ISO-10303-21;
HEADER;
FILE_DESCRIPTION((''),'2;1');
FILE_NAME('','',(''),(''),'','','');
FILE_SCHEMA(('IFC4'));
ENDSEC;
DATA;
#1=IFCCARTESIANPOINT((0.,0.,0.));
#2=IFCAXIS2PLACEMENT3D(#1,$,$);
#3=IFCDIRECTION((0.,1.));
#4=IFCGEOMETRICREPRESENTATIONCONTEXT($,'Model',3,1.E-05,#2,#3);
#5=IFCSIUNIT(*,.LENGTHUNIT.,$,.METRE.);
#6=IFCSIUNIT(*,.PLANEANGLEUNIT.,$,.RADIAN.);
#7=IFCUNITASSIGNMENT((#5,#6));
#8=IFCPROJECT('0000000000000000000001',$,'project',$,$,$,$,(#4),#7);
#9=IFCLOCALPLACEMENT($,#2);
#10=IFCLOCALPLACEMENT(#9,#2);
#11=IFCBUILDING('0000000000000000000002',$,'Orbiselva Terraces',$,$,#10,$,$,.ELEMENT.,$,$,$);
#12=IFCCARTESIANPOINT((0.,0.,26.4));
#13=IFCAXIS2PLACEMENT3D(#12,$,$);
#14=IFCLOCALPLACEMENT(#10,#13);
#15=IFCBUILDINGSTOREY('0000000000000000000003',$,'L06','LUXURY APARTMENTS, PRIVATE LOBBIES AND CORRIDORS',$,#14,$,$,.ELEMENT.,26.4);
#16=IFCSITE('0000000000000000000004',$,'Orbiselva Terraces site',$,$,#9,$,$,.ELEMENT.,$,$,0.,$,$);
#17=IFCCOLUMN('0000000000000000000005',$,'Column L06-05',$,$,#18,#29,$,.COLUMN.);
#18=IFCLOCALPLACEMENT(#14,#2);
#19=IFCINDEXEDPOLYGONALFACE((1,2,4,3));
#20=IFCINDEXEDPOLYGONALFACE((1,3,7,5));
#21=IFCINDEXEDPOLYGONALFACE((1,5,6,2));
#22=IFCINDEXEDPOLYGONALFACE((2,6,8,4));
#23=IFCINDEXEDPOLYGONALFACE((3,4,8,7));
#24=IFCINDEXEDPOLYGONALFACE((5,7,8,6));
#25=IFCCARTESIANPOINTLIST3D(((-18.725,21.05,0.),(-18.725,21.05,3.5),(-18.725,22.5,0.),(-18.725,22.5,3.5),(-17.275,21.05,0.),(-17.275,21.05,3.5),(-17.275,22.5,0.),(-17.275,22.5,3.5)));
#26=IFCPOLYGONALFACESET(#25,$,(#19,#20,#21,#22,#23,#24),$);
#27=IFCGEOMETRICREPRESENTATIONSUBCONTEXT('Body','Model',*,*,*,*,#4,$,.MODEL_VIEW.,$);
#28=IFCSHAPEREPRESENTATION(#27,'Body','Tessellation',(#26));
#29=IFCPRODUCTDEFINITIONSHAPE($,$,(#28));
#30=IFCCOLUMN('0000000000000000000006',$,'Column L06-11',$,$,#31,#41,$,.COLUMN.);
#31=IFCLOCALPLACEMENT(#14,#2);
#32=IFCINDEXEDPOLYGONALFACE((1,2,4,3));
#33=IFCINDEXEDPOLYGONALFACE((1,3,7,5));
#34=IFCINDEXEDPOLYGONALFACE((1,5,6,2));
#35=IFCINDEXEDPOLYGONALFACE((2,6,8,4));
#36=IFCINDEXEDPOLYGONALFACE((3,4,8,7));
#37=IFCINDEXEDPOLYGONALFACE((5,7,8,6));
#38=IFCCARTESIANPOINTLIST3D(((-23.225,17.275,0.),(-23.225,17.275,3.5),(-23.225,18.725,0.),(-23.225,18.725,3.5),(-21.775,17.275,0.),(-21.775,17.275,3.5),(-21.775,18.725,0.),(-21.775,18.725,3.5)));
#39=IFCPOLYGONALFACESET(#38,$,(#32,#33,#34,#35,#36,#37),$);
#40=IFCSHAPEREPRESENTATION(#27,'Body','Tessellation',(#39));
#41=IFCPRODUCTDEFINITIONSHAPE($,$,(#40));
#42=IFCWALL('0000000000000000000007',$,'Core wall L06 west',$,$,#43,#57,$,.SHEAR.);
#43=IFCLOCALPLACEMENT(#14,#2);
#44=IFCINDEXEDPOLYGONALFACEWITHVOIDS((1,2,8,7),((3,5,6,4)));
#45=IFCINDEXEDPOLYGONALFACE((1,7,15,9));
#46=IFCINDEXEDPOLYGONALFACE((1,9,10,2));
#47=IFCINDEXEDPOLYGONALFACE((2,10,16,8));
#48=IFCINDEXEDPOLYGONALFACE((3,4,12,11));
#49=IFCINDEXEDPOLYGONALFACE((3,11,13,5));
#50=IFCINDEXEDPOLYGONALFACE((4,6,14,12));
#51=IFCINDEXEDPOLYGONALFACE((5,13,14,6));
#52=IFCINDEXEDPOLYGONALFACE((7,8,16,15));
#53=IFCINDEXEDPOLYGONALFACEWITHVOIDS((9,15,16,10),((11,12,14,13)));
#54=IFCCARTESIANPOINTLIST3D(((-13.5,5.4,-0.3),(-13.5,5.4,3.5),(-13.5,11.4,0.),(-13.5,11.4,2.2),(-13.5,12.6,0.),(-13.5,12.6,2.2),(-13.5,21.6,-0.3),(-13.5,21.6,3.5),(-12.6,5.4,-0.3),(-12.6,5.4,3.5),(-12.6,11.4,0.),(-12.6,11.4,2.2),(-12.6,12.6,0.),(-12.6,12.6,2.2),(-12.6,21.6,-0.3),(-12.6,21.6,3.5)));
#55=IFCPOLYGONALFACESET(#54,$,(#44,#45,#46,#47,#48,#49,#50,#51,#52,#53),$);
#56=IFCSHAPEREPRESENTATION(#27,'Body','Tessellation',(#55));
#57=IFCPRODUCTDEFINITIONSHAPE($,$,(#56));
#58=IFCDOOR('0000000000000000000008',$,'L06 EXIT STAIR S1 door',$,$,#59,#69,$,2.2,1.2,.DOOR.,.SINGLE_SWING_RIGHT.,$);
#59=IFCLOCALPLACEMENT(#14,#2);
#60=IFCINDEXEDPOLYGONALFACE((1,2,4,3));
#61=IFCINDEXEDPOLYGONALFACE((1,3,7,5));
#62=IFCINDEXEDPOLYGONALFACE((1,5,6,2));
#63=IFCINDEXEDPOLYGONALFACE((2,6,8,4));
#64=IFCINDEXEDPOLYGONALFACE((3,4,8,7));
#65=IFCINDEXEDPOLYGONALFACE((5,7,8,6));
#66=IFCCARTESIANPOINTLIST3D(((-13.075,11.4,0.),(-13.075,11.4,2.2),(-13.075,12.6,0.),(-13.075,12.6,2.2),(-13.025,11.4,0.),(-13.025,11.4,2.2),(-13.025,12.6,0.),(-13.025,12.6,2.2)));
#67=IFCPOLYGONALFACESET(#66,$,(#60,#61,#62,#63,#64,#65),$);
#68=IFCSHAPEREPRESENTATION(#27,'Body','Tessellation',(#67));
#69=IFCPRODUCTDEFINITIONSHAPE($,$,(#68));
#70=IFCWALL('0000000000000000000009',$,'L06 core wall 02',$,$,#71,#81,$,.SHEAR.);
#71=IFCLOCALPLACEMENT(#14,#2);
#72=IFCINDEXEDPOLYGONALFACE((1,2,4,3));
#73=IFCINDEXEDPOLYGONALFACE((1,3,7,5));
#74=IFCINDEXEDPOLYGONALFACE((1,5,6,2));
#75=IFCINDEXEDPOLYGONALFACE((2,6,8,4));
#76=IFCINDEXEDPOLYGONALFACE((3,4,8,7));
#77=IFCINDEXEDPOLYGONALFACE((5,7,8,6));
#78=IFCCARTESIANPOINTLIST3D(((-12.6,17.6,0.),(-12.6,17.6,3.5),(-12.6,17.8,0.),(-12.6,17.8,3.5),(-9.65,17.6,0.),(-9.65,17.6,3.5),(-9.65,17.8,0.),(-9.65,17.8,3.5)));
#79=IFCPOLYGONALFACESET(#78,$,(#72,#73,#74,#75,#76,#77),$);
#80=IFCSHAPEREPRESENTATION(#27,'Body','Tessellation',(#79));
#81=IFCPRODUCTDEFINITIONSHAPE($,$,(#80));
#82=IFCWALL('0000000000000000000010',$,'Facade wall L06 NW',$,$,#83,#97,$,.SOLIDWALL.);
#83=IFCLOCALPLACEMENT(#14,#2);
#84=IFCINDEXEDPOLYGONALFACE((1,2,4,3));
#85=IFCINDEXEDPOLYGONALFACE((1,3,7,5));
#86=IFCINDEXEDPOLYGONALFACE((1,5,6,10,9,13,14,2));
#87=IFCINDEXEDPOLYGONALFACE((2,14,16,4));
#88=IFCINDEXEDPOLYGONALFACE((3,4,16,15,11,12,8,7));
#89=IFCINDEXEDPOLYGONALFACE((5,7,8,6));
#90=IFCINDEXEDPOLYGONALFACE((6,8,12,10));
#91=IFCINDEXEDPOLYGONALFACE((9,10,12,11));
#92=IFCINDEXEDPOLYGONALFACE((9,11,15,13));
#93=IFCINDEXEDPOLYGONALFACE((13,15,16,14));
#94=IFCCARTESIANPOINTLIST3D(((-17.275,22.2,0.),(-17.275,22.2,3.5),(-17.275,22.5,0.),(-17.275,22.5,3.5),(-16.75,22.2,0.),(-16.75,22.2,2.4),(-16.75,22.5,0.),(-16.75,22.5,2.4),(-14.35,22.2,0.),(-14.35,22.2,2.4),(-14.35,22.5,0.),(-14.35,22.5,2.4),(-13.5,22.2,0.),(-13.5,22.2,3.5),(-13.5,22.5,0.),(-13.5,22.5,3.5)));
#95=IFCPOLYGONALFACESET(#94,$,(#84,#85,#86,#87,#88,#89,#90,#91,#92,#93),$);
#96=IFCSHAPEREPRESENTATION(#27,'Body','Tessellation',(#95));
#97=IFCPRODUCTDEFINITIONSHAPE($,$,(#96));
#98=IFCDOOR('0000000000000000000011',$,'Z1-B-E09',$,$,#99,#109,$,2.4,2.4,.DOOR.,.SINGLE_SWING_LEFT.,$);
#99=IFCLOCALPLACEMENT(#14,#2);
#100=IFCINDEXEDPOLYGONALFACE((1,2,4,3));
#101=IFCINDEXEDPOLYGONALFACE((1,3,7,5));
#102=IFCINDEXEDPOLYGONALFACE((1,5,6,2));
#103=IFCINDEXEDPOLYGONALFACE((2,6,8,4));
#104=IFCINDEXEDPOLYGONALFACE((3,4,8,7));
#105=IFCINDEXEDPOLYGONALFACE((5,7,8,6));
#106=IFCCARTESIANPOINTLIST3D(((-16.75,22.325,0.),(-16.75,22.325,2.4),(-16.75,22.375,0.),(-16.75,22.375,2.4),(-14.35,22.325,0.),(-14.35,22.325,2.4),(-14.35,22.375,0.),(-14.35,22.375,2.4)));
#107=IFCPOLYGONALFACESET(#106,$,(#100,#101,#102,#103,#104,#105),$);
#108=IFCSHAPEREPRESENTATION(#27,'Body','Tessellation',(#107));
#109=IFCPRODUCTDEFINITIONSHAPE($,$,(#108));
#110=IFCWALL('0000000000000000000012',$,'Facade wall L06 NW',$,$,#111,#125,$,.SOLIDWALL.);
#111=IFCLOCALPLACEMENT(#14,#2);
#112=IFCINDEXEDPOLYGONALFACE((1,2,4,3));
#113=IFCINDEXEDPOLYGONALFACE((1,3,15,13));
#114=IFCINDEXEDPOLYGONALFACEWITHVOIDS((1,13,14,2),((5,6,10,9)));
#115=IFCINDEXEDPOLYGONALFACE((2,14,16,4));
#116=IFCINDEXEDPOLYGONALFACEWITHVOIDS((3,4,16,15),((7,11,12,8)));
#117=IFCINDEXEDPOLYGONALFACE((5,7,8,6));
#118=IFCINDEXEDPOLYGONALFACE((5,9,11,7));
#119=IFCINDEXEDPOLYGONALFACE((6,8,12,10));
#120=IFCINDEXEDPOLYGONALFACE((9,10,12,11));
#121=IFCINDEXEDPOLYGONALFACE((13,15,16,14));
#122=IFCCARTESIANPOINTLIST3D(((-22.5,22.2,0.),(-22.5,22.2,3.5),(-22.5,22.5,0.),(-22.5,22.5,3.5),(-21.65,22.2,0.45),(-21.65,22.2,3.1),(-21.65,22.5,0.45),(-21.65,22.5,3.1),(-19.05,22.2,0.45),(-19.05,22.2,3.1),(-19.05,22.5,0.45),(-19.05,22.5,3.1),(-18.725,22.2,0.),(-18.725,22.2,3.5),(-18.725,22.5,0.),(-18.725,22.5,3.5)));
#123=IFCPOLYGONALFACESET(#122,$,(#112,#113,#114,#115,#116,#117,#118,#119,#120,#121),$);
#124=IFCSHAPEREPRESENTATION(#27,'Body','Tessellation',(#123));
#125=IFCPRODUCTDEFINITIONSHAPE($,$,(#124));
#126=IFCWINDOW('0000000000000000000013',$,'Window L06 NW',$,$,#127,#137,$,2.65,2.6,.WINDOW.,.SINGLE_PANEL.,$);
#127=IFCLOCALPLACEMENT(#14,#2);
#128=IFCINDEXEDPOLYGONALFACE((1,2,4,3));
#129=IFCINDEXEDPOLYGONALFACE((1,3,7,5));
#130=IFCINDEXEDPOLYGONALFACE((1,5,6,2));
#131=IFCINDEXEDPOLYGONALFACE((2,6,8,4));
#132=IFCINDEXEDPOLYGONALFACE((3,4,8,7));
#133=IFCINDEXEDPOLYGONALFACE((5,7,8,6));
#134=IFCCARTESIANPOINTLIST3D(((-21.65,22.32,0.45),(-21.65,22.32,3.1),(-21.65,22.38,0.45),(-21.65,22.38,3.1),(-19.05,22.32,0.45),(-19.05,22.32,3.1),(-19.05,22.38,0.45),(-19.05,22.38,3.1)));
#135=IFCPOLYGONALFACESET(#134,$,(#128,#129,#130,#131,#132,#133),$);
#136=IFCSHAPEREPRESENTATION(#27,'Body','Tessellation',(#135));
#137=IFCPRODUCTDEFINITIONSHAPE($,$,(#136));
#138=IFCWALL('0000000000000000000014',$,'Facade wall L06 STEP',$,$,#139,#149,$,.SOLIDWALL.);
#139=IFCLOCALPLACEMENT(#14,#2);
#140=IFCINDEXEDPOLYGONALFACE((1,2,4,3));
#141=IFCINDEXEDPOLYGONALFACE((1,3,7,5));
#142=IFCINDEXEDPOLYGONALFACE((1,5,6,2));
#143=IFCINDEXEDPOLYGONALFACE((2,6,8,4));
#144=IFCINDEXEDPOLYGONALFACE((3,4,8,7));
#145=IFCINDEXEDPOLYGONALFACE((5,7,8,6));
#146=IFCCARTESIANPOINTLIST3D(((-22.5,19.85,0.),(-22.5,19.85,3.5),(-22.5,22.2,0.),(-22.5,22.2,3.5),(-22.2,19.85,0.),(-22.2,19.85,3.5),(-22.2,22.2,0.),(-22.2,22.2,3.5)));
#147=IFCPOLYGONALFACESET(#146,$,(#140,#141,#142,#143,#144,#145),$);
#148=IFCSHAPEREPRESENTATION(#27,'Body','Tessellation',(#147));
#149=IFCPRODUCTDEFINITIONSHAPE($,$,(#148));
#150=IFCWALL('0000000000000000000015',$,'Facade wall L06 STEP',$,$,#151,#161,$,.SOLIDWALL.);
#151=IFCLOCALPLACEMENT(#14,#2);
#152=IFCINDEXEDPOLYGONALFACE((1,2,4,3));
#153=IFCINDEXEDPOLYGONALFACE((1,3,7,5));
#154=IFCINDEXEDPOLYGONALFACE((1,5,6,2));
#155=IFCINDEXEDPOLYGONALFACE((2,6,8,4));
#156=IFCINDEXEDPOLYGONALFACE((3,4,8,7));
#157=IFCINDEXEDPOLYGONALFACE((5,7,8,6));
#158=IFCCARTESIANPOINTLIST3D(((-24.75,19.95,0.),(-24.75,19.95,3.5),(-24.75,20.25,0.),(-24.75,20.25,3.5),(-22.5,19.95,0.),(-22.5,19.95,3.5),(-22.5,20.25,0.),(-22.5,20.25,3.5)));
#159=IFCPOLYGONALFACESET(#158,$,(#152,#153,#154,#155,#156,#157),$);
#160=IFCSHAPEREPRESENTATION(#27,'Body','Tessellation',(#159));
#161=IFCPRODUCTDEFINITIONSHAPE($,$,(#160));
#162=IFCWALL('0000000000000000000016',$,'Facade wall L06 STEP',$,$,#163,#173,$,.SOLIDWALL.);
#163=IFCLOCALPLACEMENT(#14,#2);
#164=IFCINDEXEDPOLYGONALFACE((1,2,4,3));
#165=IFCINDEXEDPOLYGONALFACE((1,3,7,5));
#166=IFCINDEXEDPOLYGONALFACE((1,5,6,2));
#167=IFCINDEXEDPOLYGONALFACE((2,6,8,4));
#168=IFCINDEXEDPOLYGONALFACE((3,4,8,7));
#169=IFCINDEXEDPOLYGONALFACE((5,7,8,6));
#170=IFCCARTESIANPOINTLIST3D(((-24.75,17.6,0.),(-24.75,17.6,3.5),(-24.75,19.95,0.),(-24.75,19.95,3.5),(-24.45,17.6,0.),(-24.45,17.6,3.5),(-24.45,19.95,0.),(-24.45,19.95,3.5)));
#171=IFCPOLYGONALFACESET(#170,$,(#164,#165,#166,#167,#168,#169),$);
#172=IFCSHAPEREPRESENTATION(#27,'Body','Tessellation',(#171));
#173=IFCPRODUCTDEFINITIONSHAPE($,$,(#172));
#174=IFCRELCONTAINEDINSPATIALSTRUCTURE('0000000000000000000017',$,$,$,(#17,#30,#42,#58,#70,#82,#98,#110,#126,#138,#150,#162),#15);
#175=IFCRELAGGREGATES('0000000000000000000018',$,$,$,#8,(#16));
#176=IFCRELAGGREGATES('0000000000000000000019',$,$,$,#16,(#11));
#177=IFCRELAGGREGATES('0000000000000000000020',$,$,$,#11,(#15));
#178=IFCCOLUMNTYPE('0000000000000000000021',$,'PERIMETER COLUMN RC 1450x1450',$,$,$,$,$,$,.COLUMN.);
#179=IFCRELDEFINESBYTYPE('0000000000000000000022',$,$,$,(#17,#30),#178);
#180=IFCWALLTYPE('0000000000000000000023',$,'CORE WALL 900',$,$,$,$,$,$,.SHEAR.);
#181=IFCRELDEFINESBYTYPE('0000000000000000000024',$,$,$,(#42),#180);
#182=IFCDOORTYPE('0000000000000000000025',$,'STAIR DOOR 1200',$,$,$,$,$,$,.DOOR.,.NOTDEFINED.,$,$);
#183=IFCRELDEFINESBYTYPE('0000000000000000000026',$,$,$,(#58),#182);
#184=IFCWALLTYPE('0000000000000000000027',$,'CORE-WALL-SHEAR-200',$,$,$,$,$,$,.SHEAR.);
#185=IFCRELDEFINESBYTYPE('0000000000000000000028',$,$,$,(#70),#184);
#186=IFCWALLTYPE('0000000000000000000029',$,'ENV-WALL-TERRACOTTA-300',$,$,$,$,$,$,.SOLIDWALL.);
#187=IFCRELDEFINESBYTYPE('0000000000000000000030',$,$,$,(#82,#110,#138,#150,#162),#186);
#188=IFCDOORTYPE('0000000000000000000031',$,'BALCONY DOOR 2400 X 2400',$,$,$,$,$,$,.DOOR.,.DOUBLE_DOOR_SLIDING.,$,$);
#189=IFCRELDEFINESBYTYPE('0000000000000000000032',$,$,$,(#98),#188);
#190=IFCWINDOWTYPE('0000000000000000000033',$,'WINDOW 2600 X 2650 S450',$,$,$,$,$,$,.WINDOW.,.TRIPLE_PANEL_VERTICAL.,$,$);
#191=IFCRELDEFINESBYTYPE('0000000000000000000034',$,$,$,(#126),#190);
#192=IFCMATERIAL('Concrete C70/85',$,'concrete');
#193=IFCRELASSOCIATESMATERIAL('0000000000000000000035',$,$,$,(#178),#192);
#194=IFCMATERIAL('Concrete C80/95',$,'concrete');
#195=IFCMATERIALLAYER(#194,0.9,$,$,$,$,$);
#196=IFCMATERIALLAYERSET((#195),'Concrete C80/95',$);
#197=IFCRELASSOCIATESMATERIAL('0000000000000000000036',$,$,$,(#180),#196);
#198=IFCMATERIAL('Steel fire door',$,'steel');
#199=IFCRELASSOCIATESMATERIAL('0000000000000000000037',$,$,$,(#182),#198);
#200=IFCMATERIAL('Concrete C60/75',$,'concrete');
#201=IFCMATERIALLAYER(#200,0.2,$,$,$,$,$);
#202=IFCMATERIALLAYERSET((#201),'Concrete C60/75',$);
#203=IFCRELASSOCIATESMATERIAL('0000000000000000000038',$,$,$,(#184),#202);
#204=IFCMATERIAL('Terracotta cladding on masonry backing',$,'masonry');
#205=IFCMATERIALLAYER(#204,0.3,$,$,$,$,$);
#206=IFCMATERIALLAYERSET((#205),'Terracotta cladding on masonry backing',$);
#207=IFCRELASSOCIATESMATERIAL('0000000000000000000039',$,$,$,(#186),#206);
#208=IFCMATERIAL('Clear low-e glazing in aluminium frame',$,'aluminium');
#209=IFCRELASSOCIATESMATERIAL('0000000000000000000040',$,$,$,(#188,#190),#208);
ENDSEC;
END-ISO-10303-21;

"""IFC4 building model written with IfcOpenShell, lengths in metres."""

from ifc_helpers import new_model, si_unit, direction, frame, frame_2d, origin, origin_2d, place, context, subcontext, project, spatial, rectangle, extrude, material, layer, layer_set, material_profile, profile_set, type_object, element, fill, save


model = new_model("IFC4")

# Units and contexts
model_context = context("Model", 3, precision=1e-05, world=origin(), true_north=direction((0.0, 1.0)))
body_context = subcontext(model_context, "Body", "Model", "MODEL_VIEW")
ifc_project = project(units=[si_unit("LENGTHUNIT", "METRE"), si_unit("PLANEANGLEUNIT", "RADIAN")], contexts=[model_context])

# Site, building, storey
site_placement = place(None, origin())
site = spatial("IfcSite", under=ifc_project, at=site_placement, Name="Orbiselva Terraces site", CompositionType="ELEMENT", RefElevation=0.0)
building_placement = place(site_placement, origin())
building = spatial("IfcBuilding", under=site, at=building_placement, Name="Orbiselva Terraces", CompositionType="ELEMENT")
storey_placement = place(building_placement, frame((0.0, 0.0, 26.4)))
storey = spatial("IfcBuildingStorey", under=building, at=storey_placement, Name="L06", Description="LUXURY APARTMENTS, PRIVATE LOBBIES AND CORRIDORS", CompositionType="ELEMENT", Elevation=26.4)

# Columns
ifc_material_1 = material(Name="Concrete C70/85", Category="concrete")
ifc_material_profile = material_profile(ifc_material_1, rectangle(XDim=1.45, YDim=1.45, at=origin_2d()), Name="RC 1450x1450")
ifc_profile_set = profile_set([ifc_material_profile], Name="Concrete C70/85")
column_type = type_object("IfcColumnType", Name="PERIMETER COLUMN RC 1450x1450", PredefinedType="COLUMN", material=ifc_profile_set)
for number, where, z_axis, x_axis, name in (
    (1, (-18.0, 21.775, 0.0), (0.0, 0.0, 1.0), (1.0, 0.0, 0.0), "Column L06-05"),
    (2, (-22.5, 18.0, 0.0), (0.0, 0.0, 1.0), (1.0, 0.0, 0.0), "Column L06-11"),
):
    element("IfcColumn", number, at=place(storey_placement, frame(where, z_axis=z_axis, x_axis=x_axis)), inside=storey, type_object=column_type, Name=name, PredefinedType="COLUMN", context=body_context, shape_type="SweptSolid", body=[
        extrude(rectangle(XDim=1.45, YDim=1.45, at=origin_2d()), origin(), (0.0, 0.0, 1.0), 3.5),
    ])

# Wall, opening, door
ifc_material_2 = material(Name="Concrete C80/95", Category="concrete")
ifc_layer_1 = layer(ifc_material_2, 0.9)
ifc_layer_set_1 = layer_set([ifc_layer_1], Name="Concrete C80/95")
wall_type_1 = type_object("IfcWallType", Name="CORE WALL 900", PredefinedType="SHEAR", material=ifc_layer_set_1)
wall_1_placement = place(storey_placement, frame((-13.05, 21.6, -0.3), z_axis=(0.0, 0.0, 1.0), x_axis=(0.0, -1.0, 0.0)))
wall_1 = element("IfcWall", 3, at=wall_1_placement, inside=storey, type_object=wall_type_1, Name="Core wall L06 west", PredefinedType="SHEAR", context=body_context, shape_type="SweptSolid", body=[
    extrude(rectangle(XDim=16.2, YDim=0.9, at=frame_2d((8.1, 0.0))), origin(), (0.0, 0.0, 1.0), 3.8),
])
opening_1_placement = place(wall_1_placement, frame((9.0, 0.0, 0.3)))
opening_1 = element("IfcOpeningElement", 4, at=opening_1_placement, cuts=wall_1, PredefinedType="OPENING", context=body_context, shape_type="SweptSolid", body=[
    extrude(rectangle(XDim=1.2, YDim=2.2, at=frame_2d((0.6, 1.1))), frame((0.0, 0.46, 0.0), z_axis=(0.0, -1.0, 0.0), x_axis=(1.0, 0.0, 0.0)), (0.0, 0.0, 1.0), 0.92),
])
ifc_material_3 = material(Name="Steel fire door", Category="steel")
door_type_1 = type_object("IfcDoorType", Name="STAIR DOOR 1200", OperationType="NOTDEFINED", PredefinedType="DOOR", material=ifc_material_3)
door_1_placement = place(opening_1_placement, frame((1.2, 0.0, 0.0), z_axis=(0.0, 0.0, 1.0), x_axis=(-1.0, 0.0, 0.0)))
door_1 = element("IfcDoor", 5, at=door_1_placement, inside=storey, type_object=door_type_1, Name="L06 EXIT STAIR S1 door", OperationType="SINGLE_SWING_RIGHT", OverallHeight=2.2, OverallWidth=1.2, PredefinedType="DOOR", context=body_context, shape_type="SweptSolid", body=[
    extrude(rectangle(XDim=1.2, YDim=2.2, at=frame_2d((0.6, 1.1))), frame((0.0, 0.025, 0.0), z_axis=(0.0, -1.0, 0.0), x_axis=(1.0, 0.0, 0.0)), (0.0, 0.0, 1.0), 0.05),
])
fill(opening_1, door_1)

# Wall
ifc_material_4 = material(Name="Concrete C60/75", Category="concrete")
ifc_layer_2 = layer(ifc_material_4, 0.2)
ifc_layer_set_2 = layer_set([ifc_layer_2], Name="Concrete C60/75")
wall_type_2 = type_object("IfcWallType", Name="CORE-WALL-SHEAR-200", PredefinedType="SHEAR", material=ifc_layer_set_2)
wall_2_placement = place(storey_placement, frame((-12.6, 17.7, 0.0), z_axis=(0.0, 0.0, 1.0), x_axis=(1.0, 0.0, 0.0)))
element("IfcWall", 6, at=wall_2_placement, inside=storey, type_object=wall_type_2, Name="L06 core wall 02", PredefinedType="SHEAR", context=body_context, shape_type="SweptSolid", body=[
    extrude(rectangle(XDim=2.95, YDim=0.2, at=frame_2d((1.475, 0.0))), origin(), (0.0, 0.0, 1.0), 3.5),
])

# Wall, opening, door
ifc_material_5 = material(Name="Terracotta cladding on masonry backing", Category="masonry")
ifc_layer_3 = layer(ifc_material_5, 0.3)
ifc_layer_set_3 = layer_set([ifc_layer_3], Name="Terracotta cladding on masonry backing")
wall_type_3 = type_object("IfcWallType", Name="ENV-WALL-TERRACOTTA-300", PredefinedType="SOLIDWALL", material=ifc_layer_set_3)
wall_3_placement = place(storey_placement, frame((-17.275, 22.35, 0.0), z_axis=(0.0, 0.0, 1.0), x_axis=(1.0, 0.0, 0.0)))
wall_3 = element("IfcWall", 7, at=wall_3_placement, inside=storey, type_object=wall_type_3, Name="Facade wall L06 NW", PredefinedType="SOLIDWALL", context=body_context, shape_type="SweptSolid", body=[
    extrude(rectangle(XDim=3.775, YDim=0.3, at=frame_2d((1.8875, 0.0))), origin(), (0.0, 0.0, 1.0), 3.5),
])
opening_2_placement = place(wall_3_placement, frame((0.525, 0.0, 0.0)))
opening_2 = element("IfcOpeningElement", 8, at=opening_2_placement, cuts=wall_3, PredefinedType="OPENING", context=body_context, shape_type="SweptSolid", body=[
    extrude(rectangle(XDim=2.4, YDim=2.4, at=frame_2d((1.2, 1.2))), frame((0.0, 0.16, 0.0), z_axis=(0.0, -1.0, 0.0), x_axis=(1.0, 0.0, 0.0)), (0.0, 0.0, 1.0), 0.32),
])
ifc_material_6 = material(Name="Clear low-e glazing in aluminium frame", Category="aluminium")
door_type_2 = type_object("IfcDoorType", Name="BALCONY DOOR 2400 X 2400", OperationType="DOUBLE_DOOR_SLIDING", PredefinedType="DOOR", material=ifc_material_6)
door_2_placement = place(opening_2_placement, origin())
door_2 = element("IfcDoor", 9, at=door_2_placement, inside=storey, type_object=door_type_2, Name="Z1-B-E09", OperationType="SINGLE_SWING_LEFT", OverallHeight=2.4, OverallWidth=2.4, PredefinedType="DOOR", context=body_context, shape_type="SweptSolid", body=[
    extrude(rectangle(XDim=2.4, YDim=2.4, at=frame_2d((1.2, 1.2))), frame((0.0, 0.025, 0.0), z_axis=(0.0, -1.0, 0.0), x_axis=(1.0, 0.0, 0.0)), (0.0, 0.0, 1.0), 0.05),
])
fill(opening_2, door_2)

# Wall, opening, window
wall_4_placement = place(storey_placement, frame((-22.5, 22.35, 0.0), z_axis=(0.0, 0.0, 1.0), x_axis=(1.0, 0.0, 0.0)))
wall_4 = element("IfcWall", 10, at=wall_4_placement, inside=storey, type_object=wall_type_3, Name="Facade wall L06 NW", PredefinedType="SOLIDWALL", context=body_context, shape_type="SweptSolid", body=[
    extrude(rectangle(XDim=3.775, YDim=0.3, at=frame_2d((1.8875, 0.0))), origin(), (0.0, 0.0, 1.0), 3.5),
])
opening_3_placement = place(wall_4_placement, frame((0.85, 0.0, 0.45)))
opening_3 = element("IfcOpeningElement", 11, at=opening_3_placement, cuts=wall_4, PredefinedType="OPENING", context=body_context, shape_type="SweptSolid", body=[
    extrude(rectangle(XDim=2.6, YDim=2.65, at=frame_2d((1.3, 1.325))), frame((0.0, 0.16, 0.0), z_axis=(0.0, -1.0, 0.0), x_axis=(1.0, 0.0, 0.0)), (0.0, 0.0, 1.0), 0.32),
])
window_type = type_object("IfcWindowType", Name="WINDOW 2600 X 2650 S450", PartitioningType="TRIPLE_PANEL_VERTICAL", PredefinedType="WINDOW", material=ifc_material_6)
window_placement = place(opening_3_placement, origin())
window = element("IfcWindow", 12, at=window_placement, inside=storey, type_object=window_type, Name="Window L06 NW", OverallHeight=2.65, OverallWidth=2.6, PartitioningType="SINGLE_PANEL", PredefinedType="WINDOW", context=body_context, shape_type="SweptSolid", body=[
    extrude(rectangle(XDim=2.6, YDim=2.65, at=frame_2d((1.3, 1.325))), frame((0.0, 0.03, 0.0), z_axis=(0.0, -1.0, 0.0), x_axis=(1.0, 0.0, 0.0)), (0.0, 0.0, 1.0), 0.06),
])
fill(opening_3, window)

# Walls
wall_5_placement = place(storey_placement, frame((-22.35, 19.85, 0.0), z_axis=(0.0, 0.0, 1.0), x_axis=(0.0, 1.0, 0.0)))
element("IfcWall", 13, at=wall_5_placement, inside=storey, type_object=wall_type_3, Name="Facade wall L06 STEP", PredefinedType="SOLIDWALL", context=body_context, shape_type="SweptSolid", body=[
    extrude(rectangle(XDim=2.35, YDim=0.3, at=frame_2d((1.175, 0.0))), origin(), (0.0, 0.0, 1.0), 3.5),
])
wall_6_placement = place(storey_placement, frame((-24.75, 20.1, 0.0), z_axis=(0.0, 0.0, 1.0), x_axis=(1.0, 0.0, 0.0)))
element("IfcWall", 14, at=wall_6_placement, inside=storey, type_object=wall_type_3, Name="Facade wall L06 STEP", PredefinedType="SOLIDWALL", context=body_context, shape_type="SweptSolid", body=[
    extrude(rectangle(XDim=2.25, YDim=0.3, at=frame_2d((1.125, 0.0))), origin(), (0.0, 0.0, 1.0), 3.5),
])
wall_7_placement = place(storey_placement, frame((-24.6, 17.6, 0.0), z_axis=(0.0, 0.0, 1.0), x_axis=(0.0, 1.0, 0.0)))
element("IfcWall", 15, at=wall_7_placement, inside=storey, type_object=wall_type_3, Name="Facade wall L06 STEP", PredefinedType="SOLIDWALL", context=body_context, shape_type="SweptSolid", body=[
    extrude(rectangle(XDim=2.35, YDim=0.3, at=frame_2d((1.175, 0.0))), origin(), (0.0, 0.0, 1.0), 3.5),
])

save(model, "model.ifc")
